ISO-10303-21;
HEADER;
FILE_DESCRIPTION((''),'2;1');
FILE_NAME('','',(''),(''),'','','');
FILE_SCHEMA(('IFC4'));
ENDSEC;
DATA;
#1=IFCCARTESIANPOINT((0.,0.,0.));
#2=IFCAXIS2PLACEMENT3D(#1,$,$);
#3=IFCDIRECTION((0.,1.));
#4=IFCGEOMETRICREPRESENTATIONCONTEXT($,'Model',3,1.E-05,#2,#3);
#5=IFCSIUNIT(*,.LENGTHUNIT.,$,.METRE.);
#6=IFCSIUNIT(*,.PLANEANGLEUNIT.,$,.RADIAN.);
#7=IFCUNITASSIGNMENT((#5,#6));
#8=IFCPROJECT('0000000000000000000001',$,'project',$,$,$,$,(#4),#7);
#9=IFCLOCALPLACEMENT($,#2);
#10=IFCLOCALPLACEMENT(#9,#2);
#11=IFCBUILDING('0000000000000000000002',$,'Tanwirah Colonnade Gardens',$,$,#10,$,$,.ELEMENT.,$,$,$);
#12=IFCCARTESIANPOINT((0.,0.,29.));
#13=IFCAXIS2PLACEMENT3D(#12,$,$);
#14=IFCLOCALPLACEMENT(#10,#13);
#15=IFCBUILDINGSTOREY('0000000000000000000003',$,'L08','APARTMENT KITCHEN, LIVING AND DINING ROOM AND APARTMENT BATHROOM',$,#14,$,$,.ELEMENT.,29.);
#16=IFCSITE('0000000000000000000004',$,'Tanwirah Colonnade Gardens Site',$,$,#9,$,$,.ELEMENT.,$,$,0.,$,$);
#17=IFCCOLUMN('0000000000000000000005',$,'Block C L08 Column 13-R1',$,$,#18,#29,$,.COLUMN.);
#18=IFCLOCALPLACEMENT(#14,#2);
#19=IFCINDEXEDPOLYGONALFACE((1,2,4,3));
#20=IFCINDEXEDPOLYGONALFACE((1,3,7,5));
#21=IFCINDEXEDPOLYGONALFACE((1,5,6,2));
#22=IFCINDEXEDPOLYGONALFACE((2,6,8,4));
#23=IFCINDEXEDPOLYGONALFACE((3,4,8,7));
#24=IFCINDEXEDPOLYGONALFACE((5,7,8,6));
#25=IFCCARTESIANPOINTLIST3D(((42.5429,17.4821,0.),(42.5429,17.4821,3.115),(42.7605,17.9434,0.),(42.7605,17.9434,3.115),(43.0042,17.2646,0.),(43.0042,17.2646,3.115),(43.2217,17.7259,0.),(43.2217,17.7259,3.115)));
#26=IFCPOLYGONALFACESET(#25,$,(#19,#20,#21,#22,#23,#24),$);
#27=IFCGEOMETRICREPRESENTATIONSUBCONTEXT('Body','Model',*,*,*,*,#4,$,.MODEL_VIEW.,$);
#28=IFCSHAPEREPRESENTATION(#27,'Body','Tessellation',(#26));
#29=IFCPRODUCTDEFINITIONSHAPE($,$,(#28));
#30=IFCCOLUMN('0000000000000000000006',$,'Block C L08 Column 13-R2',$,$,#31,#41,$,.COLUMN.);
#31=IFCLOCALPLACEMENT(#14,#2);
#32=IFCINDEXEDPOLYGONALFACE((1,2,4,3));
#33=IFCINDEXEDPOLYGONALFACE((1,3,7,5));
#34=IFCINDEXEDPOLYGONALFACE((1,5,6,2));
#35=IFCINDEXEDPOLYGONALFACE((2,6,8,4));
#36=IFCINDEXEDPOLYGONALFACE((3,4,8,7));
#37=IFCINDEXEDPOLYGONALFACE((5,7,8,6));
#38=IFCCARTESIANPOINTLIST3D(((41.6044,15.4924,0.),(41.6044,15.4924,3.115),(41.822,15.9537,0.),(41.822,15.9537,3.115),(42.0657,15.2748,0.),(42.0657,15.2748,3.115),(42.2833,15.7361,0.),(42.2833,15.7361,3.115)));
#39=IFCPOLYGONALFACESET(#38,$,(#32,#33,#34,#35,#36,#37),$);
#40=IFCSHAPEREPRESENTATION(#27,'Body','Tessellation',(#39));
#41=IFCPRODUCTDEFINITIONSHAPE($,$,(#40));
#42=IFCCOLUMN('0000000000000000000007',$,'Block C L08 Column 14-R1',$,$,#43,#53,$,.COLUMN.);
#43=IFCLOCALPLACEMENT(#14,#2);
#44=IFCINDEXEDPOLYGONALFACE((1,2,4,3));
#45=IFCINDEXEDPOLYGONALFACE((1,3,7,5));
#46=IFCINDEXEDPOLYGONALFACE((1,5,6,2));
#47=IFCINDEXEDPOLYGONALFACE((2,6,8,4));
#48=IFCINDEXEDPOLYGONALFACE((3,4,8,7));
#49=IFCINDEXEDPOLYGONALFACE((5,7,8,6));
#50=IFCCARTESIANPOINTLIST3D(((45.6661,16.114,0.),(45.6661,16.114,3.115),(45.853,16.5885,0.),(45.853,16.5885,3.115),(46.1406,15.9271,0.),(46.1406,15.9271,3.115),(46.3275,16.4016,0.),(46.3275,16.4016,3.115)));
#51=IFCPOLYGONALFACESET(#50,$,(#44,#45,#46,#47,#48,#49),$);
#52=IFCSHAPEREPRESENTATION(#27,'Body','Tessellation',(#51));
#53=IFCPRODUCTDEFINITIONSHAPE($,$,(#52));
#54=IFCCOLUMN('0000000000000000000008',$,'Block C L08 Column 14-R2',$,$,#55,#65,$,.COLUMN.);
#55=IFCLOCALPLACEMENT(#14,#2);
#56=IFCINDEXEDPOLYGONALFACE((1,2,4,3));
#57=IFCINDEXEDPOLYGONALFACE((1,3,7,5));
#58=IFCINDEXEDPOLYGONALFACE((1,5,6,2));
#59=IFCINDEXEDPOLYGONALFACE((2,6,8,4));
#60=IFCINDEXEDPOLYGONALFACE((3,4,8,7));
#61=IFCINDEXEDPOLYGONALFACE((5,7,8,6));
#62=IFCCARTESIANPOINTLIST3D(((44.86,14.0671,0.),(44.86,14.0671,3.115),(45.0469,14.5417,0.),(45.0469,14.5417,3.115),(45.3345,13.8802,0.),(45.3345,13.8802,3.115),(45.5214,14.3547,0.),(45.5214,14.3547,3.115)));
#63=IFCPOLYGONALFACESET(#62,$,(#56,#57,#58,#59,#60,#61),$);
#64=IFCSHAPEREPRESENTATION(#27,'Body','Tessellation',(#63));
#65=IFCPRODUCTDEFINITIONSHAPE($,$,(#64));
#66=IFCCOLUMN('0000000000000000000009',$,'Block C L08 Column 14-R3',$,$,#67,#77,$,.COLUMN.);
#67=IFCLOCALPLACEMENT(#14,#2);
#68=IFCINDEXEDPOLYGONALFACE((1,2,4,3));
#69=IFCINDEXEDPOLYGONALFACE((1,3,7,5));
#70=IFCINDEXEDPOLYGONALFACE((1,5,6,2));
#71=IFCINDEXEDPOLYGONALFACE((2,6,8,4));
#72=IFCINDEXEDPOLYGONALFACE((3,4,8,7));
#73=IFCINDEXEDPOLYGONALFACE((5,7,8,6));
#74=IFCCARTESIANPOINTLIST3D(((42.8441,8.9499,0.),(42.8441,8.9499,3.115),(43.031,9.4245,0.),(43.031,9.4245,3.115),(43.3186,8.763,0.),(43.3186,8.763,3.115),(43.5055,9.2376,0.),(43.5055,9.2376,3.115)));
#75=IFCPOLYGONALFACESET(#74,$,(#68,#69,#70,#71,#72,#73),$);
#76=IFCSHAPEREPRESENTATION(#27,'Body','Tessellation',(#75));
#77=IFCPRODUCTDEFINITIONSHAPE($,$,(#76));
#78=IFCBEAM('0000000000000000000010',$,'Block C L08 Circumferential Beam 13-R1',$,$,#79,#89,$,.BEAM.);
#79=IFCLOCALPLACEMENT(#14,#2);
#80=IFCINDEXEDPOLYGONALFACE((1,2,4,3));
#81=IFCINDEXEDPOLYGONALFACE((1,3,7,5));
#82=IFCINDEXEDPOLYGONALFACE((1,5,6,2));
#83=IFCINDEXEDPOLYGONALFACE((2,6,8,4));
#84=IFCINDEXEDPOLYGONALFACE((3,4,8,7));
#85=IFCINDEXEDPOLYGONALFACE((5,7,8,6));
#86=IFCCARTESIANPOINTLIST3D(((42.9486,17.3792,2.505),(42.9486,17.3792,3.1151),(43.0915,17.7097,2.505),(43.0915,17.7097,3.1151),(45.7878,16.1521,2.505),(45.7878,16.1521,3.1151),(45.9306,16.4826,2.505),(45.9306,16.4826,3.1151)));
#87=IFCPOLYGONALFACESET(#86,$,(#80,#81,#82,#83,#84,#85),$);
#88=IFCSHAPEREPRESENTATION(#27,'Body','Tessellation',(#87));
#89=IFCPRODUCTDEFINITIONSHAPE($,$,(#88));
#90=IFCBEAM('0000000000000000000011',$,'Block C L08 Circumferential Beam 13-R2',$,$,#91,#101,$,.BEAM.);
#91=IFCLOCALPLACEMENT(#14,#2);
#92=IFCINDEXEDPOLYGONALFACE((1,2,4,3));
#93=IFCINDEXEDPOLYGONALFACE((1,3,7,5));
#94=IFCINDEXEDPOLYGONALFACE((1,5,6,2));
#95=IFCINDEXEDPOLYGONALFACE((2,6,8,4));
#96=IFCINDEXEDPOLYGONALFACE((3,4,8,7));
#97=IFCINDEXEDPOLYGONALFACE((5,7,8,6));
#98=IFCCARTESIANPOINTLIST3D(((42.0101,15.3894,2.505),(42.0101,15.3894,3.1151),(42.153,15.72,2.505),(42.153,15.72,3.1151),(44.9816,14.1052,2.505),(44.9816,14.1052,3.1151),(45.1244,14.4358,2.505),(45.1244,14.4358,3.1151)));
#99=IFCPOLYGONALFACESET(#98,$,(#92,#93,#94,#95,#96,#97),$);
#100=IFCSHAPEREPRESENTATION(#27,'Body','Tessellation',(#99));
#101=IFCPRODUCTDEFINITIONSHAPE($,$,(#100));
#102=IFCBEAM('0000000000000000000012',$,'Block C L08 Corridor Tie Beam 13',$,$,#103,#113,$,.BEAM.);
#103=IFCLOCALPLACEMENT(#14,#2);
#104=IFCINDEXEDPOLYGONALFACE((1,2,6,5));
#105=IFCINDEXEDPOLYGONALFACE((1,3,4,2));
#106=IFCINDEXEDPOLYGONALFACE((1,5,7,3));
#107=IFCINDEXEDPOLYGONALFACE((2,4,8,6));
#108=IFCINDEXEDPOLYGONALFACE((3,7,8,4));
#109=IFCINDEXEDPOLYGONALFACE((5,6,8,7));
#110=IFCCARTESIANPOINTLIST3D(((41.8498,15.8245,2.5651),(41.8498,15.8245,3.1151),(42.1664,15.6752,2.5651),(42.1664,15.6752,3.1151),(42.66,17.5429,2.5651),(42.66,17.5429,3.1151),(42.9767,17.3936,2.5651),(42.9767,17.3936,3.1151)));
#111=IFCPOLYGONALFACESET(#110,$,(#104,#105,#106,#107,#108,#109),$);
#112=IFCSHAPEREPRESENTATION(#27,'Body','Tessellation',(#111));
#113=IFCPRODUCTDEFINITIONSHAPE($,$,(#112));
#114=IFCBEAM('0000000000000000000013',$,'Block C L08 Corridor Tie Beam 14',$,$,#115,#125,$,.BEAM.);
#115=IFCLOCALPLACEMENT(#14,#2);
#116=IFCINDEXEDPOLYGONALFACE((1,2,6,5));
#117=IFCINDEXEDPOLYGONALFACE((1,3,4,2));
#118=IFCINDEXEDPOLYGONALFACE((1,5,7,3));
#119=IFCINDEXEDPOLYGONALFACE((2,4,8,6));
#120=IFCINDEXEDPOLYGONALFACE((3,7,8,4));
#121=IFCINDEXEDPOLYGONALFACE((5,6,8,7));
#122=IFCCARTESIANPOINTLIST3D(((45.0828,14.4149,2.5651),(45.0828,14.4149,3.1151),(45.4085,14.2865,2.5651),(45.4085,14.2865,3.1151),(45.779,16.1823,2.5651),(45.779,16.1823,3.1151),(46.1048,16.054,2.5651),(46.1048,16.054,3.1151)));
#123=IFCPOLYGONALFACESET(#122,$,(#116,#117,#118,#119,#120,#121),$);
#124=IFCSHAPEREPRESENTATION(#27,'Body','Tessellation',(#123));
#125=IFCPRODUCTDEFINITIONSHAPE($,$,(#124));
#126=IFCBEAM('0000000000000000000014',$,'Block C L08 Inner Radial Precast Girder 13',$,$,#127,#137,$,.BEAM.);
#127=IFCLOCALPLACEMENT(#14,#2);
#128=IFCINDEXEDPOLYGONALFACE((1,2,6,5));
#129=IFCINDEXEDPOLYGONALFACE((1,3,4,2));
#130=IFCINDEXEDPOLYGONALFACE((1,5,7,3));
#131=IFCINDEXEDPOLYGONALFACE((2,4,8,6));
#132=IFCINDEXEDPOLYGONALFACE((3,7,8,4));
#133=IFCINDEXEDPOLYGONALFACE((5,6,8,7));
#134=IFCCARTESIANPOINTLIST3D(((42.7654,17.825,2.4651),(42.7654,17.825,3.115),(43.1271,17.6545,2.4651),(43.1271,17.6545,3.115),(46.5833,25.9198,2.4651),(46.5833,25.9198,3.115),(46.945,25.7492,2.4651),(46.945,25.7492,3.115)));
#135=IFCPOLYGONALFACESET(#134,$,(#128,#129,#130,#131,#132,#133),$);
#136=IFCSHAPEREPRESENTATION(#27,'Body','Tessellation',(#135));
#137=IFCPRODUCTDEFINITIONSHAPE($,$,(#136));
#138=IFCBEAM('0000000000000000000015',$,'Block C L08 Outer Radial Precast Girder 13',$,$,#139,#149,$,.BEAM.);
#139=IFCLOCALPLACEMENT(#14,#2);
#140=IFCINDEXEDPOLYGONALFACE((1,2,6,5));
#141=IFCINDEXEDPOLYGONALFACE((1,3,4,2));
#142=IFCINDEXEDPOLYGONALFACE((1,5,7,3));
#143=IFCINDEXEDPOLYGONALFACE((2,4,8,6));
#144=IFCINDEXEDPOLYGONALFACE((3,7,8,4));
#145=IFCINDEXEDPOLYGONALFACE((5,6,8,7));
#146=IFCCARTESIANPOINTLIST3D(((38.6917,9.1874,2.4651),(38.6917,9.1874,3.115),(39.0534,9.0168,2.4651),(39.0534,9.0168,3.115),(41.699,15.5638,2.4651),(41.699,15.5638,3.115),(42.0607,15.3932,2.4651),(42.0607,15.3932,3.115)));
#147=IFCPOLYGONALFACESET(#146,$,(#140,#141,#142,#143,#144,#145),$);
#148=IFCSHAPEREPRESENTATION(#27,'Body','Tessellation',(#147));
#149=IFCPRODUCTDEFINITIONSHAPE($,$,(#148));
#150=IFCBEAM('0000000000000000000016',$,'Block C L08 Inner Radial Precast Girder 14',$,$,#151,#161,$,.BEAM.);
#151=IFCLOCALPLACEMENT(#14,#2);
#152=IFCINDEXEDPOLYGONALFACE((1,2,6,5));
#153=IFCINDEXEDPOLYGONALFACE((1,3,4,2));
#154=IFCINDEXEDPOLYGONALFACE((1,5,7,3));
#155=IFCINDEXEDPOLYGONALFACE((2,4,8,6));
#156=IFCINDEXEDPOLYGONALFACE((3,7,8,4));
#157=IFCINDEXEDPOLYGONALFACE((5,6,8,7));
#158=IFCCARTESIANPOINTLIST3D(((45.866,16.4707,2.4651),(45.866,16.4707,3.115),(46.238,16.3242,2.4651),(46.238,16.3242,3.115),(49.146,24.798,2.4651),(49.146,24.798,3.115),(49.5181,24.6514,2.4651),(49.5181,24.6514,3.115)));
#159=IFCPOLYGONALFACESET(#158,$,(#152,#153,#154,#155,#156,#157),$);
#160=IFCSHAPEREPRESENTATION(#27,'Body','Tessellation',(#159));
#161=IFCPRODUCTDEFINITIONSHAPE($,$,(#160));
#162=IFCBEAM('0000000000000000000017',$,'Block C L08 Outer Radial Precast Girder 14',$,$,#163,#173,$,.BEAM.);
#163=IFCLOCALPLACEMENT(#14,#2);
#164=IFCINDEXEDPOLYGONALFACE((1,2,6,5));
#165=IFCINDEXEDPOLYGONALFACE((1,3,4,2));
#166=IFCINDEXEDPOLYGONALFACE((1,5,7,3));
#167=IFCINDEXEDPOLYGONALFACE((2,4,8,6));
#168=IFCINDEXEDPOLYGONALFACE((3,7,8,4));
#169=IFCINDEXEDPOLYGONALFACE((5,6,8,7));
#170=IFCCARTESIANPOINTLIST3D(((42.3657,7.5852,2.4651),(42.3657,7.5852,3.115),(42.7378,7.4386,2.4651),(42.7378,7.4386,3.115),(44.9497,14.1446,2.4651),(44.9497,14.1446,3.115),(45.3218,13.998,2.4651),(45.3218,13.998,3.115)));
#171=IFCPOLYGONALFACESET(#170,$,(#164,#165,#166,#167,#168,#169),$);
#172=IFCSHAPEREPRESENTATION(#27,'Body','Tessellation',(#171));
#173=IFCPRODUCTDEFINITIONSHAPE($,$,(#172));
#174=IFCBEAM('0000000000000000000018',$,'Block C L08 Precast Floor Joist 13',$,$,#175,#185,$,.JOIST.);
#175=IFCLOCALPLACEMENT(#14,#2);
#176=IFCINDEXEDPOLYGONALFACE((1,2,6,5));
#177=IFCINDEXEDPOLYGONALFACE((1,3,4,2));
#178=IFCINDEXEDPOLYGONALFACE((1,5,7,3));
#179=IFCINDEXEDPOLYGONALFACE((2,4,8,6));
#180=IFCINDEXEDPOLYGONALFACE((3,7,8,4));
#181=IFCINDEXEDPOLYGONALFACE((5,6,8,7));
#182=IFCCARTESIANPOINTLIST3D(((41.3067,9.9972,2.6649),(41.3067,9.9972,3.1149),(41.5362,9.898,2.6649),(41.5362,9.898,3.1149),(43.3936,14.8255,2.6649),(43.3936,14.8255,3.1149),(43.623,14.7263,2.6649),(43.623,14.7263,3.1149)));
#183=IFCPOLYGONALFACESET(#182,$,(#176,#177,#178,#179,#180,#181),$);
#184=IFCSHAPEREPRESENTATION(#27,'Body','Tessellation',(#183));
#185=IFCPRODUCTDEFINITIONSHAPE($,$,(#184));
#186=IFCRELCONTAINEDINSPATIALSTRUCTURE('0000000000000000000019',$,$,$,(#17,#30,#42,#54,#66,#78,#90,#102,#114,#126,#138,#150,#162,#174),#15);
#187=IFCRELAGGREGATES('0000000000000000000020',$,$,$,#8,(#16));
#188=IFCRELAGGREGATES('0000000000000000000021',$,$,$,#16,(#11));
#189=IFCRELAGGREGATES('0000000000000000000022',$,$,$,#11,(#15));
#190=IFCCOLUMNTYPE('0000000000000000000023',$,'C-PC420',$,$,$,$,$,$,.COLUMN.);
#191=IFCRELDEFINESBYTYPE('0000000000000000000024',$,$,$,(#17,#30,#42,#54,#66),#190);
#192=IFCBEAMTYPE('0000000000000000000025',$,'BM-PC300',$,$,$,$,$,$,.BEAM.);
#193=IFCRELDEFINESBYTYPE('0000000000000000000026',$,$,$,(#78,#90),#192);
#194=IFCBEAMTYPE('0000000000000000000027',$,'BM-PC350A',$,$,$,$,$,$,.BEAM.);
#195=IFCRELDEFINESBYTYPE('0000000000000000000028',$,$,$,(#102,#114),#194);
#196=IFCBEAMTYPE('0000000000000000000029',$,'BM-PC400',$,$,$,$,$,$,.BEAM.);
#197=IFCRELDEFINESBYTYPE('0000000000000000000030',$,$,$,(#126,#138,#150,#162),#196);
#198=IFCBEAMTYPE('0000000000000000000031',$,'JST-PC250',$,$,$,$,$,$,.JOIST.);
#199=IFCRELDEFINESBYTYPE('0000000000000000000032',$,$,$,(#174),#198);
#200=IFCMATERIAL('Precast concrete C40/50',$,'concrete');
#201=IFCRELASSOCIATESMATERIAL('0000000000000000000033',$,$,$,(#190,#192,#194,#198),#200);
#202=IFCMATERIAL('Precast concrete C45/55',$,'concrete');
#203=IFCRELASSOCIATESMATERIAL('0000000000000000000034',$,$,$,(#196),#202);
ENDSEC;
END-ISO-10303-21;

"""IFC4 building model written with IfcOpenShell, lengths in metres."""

from ifc_helpers import new_model, si_unit, direction, frame, origin, origin_2d, place, context, subcontext, project, spatial, rectangle, extrude, material, material_profile, profile_set, type_object, element, save


model = new_model("IFC4")

# Units and contexts
model_context = context("Model", 3, precision=1e-05, world=origin(), true_north=direction((0.0, 1.0)))
body_context = subcontext(model_context, "Body", "Model", "MODEL_VIEW")
ifc_project = project(units=[si_unit("LENGTHUNIT", "METRE"), si_unit("PLANEANGLEUNIT", "RADIAN")], contexts=[model_context])

# Site, building, storey
site_placement = place(None, origin())
site = spatial("IfcSite", under=ifc_project, at=site_placement, Name="Tanwirah Colonnade Gardens Site", CompositionType="ELEMENT", RefElevation=0.0)
building_placement = place(site_placement, origin())
building = spatial("IfcBuilding", under=site, at=building_placement, Name="Tanwirah Colonnade Gardens", CompositionType="ELEMENT")
storey_placement = place(building_placement, frame((0.0, 0.0, 29.0)))
storey = spatial("IfcBuildingStorey", under=building, at=storey_placement, Name="L08", Description="APARTMENT KITCHEN, LIVING AND DINING ROOM AND APARTMENT BATHROOM", CompositionType="ELEMENT", Elevation=29.0)

# Columns
ifc_material_1 = material(Name="Precast concrete C40/50", Category="concrete")
ifc_material_profile_1 = material_profile(ifc_material_1, rectangle(XDim=0.51, YDim=0.51, at=origin_2d()), Name="PC-COL 510x510")
ifc_profile_set_1 = profile_set([ifc_material_profile_1], Name="Precast concrete C40/50")
column_type = type_object("IfcColumnType", Name="C-PC420", PredefinedType="COLUMN", material=ifc_profile_set_1)
for number, where, z_axis, x_axis, name in (
    (1, (42.8823, 17.604, 0.0), (0.0, 0.0, 1.0), (-0.426569, -0.904455, 0.0), "Block C L08 Column 13-R1"),
    (2, (41.9438, 15.6143, 0.0), (0.0, 0.0, 1.0), (-0.426569, -0.904455, 0.0), "Block C L08 Column 13-R2"),
    (3, (45.9968, 16.2578, 0.0), (0.0, 0.0, 1.0), (-0.366501, -0.930418, 0.0), "Block C L08 Column 14-R1"),
    (4, (45.1907, 14.2109, 0.0), (0.0, 0.0, 1.0), (-0.366501, -0.930418, 0.0), "Block C L08 Column 14-R2"),
    (5, (43.1748, 9.0938, 0.0), (0.0, 0.0, 1.0), (-0.366501, -0.930418, 0.0), "Block C L08 Column 14-R3"),
):
    element("IfcColumn", number, at=place(storey_placement, frame(where, z_axis=z_axis, x_axis=x_axis)), inside=storey, type_object=column_type, Name=name, PredefinedType="COLUMN", context=body_context, shape_type="SweptSolid", body=[
        extrude(rectangle(XDim=0.51, YDim=0.51, at=origin_2d()), origin(), (0.0, 0.0, 1.0), 3.115),
    ])

# Beams
ifc_material_profile_2 = material_profile(ifc_material_1, rectangle(XDim=0.3601, YDim=0.6101, at=origin_2d()), Name="PC-BM 360x610")
ifc_profile_set_2 = profile_set([ifc_material_profile_2], Name="Precast concrete C40/50")
beam_type_1 = type_object("IfcBeamType", Name="BM-PC300", PredefinedType="BEAM", material=ifc_profile_set_2)
beam_1_placement = place(storey_placement, frame((43.02, 17.5444, 2.8101), z_axis=(0.917936, -0.396728, 0.0), x_axis=(0.396728, 0.917936, 0.0)))
element("IfcBeam", 6, at=beam_1_placement, inside=storey, type_object=beam_type_1, Name="Block C L08 Circumferential Beam 13-R1", PredefinedType="BEAM", context=body_context, shape_type="SweptSolid", body=[
    extrude(rectangle(XDim=0.3601, YDim=0.6101, at=origin_2d()), origin(), (0.0, 0.0, 1.0), 3.093),
])
beam_2_placement = place(storey_placement, frame((42.0815, 15.5547, 2.8101), z_axis=(0.917943, -0.396712, 0.0), x_axis=(0.396712, 0.917943, 0.0)))
element("IfcBeam", 7, at=beam_2_placement, inside=storey, type_object=beam_type_1, Name="Block C L08 Circumferential Beam 13-R2", PredefinedType="BEAM", context=body_context, shape_type="SweptSolid", body=[
    extrude(rectangle(XDim=0.3601, YDim=0.6101, at=origin_2d()), origin(), (0.0, 0.0, 1.0), 3.2371),
])
ifc_material_profile_3 = material_profile(ifc_material_1, rectangle(XDim=0.3501, YDim=0.55, at=origin_2d()), Name="PC-BM 350x550")
ifc_profile_set_3 = profile_set([ifc_material_profile_3], Name="Precast concrete C40/50")
beam_type_2 = type_object("IfcBeamType", Name="BM-PC350A", PredefinedType="BEAM", material=ifc_profile_set_3)
beam_3_placement = place(storey_placement, frame((42.8184, 17.4683, 2.8401), z_axis=(-0.426484, -0.904495, 0.0), x_axis=(0.904495, -0.426484, 0.0)))
element("IfcBeam", 8, at=beam_3_placement, inside=storey, type_object=beam_type_2, Name="Block C L08 Corridor Tie Beam 13", PredefinedType="BEAM", context=body_context, shape_type="SweptSolid", body=[
    extrude(rectangle(XDim=0.3501, YDim=0.55, at=origin_2d()), origin(), (0.0, 0.0, 1.0), 1.8999),
])
beam_4_placement = place(storey_placement, frame((45.9419, 16.1182, 2.8401), z_axis=(-0.366511, -0.930414, 0.0), x_axis=(0.930414, -0.366511, 0.0)))
element("IfcBeam", 9, at=beam_4_placement, inside=storey, type_object=beam_type_2, Name="Block C L08 Corridor Tie Beam 14", PredefinedType="BEAM", context=body_context, shape_type="SweptSolid", body=[
    extrude(rectangle(XDim=0.3501, YDim=0.55, at=origin_2d()), origin(), (0.0, 0.0, 1.0), 1.8997),
])
ifc_material_2 = material(Name="Precast concrete C45/55", Category="concrete")
ifc_material_profile_4 = material_profile(ifc_material_2, rectangle(XDim=0.3999, YDim=0.6499, at=origin_2d()), Name="PC-BM 400x650")
ifc_profile_set_4 = profile_set([ifc_material_profile_4], Name="Precast concrete C45/55")
beam_type_3 = type_object("IfcBeamType", Name="BM-PC400", PredefinedType="BEAM", material=ifc_profile_set_4)
beam_5_placement = place(storey_placement, frame((42.9463, 17.7397, 2.79), z_axis=(0.426582, 0.904449, 0.0), x_axis=(-0.904449, 0.426582, 0.0)))
element("IfcBeam", 10, at=beam_5_placement, inside=storey, type_object=beam_type_3, Name="Block C L08 Inner Radial Precast Girder 13", PredefinedType="BEAM", context=body_context, shape_type="SweptSolid", body=[
    extrude(rectangle(XDim=0.3999, YDim=0.6499, at=origin_2d()), origin(), (0.0, 0.0, 1.0), 8.95),
])
beam_6_placement = place(storey_placement, frame((41.8799, 15.4785, 2.79), z_axis=(-0.426567, -0.904456, 0.0), x_axis=(0.904456, -0.426567, 0.0)))
element("IfcBeam", 11, at=beam_6_placement, inside=storey, type_object=beam_type_3, Name="Block C L08 Outer Radial Precast Girder 13", PredefinedType="BEAM", context=body_context, shape_type="SweptSolid", body=[
    extrude(rectangle(XDim=0.3999, YDim=0.6499, at=origin_2d()), origin(), (0.0, 0.0, 1.0), 7.05),
])
beam_7_placement = place(storey_placement, frame((46.052, 16.3975, 2.79), z_axis=(0.366489, 0.930422, 0.0), x_axis=(-0.930422, 0.366489, 0.0)))
element("IfcBeam", 12, at=beam_7_placement, inside=storey, type_object=beam_type_3, Name="Block C L08 Inner Radial Precast Girder 14", PredefinedType="BEAM", context=body_context, shape_type="SweptSolid", body=[
    extrude(rectangle(XDim=0.3999, YDim=0.6499, at=origin_2d()), origin(), (0.0, 0.0, 1.0), 8.95),
])
beam_8_placement = place(storey_placement, frame((45.1357, 14.0713, 2.79), z_axis=(-0.366525, -0.930408, 0.0), x_axis=(0.930408, -0.366525, 0.0)))
element("IfcBeam", 13, at=beam_8_placement, inside=storey, type_object=beam_type_3, Name="Block C L08 Outer Radial Precast Girder 14", PredefinedType="BEAM", context=body_context, shape_type="SweptSolid", body=[
    extrude(rectangle(XDim=0.3999, YDim=0.6499, at=origin_2d()), origin(), (0.0, 0.0, 1.0), 7.05),
])
ifc_material_profile_5 = material_profile(ifc_material_1, rectangle(XDim=0.25, YDim=0.45, at=origin_2d()), Name="PC-JST 250x450")
ifc_profile_set_5 = profile_set([ifc_material_profile_5], Name="Precast concrete C40/50")
beam_type_4 = type_object("IfcBeamType", Name="JST-PC250", PredefinedType="JOIST", material=ifc_profile_set_5)
beam_9_placement = place(storey_placement, frame((43.5083, 14.7759, 2.8899), z_axis=(-0.396746, -0.917928, 0.0), x_axis=(0.917928, -0.396746, 0.0)))
element("IfcBeam", 14, at=beam_9_placement, inside=storey, type_object=beam_type_4, Name="Block C L08 Precast Floor Joist 13", PredefinedType="JOIST", context=body_context, shape_type="SweptSolid", body=[
    extrude(rectangle(XDim=0.25, YDim=0.45, at=origin_2d()), origin(), (0.0, 0.0, 1.0), 5.26),
])

save(model, "model.ifc")
